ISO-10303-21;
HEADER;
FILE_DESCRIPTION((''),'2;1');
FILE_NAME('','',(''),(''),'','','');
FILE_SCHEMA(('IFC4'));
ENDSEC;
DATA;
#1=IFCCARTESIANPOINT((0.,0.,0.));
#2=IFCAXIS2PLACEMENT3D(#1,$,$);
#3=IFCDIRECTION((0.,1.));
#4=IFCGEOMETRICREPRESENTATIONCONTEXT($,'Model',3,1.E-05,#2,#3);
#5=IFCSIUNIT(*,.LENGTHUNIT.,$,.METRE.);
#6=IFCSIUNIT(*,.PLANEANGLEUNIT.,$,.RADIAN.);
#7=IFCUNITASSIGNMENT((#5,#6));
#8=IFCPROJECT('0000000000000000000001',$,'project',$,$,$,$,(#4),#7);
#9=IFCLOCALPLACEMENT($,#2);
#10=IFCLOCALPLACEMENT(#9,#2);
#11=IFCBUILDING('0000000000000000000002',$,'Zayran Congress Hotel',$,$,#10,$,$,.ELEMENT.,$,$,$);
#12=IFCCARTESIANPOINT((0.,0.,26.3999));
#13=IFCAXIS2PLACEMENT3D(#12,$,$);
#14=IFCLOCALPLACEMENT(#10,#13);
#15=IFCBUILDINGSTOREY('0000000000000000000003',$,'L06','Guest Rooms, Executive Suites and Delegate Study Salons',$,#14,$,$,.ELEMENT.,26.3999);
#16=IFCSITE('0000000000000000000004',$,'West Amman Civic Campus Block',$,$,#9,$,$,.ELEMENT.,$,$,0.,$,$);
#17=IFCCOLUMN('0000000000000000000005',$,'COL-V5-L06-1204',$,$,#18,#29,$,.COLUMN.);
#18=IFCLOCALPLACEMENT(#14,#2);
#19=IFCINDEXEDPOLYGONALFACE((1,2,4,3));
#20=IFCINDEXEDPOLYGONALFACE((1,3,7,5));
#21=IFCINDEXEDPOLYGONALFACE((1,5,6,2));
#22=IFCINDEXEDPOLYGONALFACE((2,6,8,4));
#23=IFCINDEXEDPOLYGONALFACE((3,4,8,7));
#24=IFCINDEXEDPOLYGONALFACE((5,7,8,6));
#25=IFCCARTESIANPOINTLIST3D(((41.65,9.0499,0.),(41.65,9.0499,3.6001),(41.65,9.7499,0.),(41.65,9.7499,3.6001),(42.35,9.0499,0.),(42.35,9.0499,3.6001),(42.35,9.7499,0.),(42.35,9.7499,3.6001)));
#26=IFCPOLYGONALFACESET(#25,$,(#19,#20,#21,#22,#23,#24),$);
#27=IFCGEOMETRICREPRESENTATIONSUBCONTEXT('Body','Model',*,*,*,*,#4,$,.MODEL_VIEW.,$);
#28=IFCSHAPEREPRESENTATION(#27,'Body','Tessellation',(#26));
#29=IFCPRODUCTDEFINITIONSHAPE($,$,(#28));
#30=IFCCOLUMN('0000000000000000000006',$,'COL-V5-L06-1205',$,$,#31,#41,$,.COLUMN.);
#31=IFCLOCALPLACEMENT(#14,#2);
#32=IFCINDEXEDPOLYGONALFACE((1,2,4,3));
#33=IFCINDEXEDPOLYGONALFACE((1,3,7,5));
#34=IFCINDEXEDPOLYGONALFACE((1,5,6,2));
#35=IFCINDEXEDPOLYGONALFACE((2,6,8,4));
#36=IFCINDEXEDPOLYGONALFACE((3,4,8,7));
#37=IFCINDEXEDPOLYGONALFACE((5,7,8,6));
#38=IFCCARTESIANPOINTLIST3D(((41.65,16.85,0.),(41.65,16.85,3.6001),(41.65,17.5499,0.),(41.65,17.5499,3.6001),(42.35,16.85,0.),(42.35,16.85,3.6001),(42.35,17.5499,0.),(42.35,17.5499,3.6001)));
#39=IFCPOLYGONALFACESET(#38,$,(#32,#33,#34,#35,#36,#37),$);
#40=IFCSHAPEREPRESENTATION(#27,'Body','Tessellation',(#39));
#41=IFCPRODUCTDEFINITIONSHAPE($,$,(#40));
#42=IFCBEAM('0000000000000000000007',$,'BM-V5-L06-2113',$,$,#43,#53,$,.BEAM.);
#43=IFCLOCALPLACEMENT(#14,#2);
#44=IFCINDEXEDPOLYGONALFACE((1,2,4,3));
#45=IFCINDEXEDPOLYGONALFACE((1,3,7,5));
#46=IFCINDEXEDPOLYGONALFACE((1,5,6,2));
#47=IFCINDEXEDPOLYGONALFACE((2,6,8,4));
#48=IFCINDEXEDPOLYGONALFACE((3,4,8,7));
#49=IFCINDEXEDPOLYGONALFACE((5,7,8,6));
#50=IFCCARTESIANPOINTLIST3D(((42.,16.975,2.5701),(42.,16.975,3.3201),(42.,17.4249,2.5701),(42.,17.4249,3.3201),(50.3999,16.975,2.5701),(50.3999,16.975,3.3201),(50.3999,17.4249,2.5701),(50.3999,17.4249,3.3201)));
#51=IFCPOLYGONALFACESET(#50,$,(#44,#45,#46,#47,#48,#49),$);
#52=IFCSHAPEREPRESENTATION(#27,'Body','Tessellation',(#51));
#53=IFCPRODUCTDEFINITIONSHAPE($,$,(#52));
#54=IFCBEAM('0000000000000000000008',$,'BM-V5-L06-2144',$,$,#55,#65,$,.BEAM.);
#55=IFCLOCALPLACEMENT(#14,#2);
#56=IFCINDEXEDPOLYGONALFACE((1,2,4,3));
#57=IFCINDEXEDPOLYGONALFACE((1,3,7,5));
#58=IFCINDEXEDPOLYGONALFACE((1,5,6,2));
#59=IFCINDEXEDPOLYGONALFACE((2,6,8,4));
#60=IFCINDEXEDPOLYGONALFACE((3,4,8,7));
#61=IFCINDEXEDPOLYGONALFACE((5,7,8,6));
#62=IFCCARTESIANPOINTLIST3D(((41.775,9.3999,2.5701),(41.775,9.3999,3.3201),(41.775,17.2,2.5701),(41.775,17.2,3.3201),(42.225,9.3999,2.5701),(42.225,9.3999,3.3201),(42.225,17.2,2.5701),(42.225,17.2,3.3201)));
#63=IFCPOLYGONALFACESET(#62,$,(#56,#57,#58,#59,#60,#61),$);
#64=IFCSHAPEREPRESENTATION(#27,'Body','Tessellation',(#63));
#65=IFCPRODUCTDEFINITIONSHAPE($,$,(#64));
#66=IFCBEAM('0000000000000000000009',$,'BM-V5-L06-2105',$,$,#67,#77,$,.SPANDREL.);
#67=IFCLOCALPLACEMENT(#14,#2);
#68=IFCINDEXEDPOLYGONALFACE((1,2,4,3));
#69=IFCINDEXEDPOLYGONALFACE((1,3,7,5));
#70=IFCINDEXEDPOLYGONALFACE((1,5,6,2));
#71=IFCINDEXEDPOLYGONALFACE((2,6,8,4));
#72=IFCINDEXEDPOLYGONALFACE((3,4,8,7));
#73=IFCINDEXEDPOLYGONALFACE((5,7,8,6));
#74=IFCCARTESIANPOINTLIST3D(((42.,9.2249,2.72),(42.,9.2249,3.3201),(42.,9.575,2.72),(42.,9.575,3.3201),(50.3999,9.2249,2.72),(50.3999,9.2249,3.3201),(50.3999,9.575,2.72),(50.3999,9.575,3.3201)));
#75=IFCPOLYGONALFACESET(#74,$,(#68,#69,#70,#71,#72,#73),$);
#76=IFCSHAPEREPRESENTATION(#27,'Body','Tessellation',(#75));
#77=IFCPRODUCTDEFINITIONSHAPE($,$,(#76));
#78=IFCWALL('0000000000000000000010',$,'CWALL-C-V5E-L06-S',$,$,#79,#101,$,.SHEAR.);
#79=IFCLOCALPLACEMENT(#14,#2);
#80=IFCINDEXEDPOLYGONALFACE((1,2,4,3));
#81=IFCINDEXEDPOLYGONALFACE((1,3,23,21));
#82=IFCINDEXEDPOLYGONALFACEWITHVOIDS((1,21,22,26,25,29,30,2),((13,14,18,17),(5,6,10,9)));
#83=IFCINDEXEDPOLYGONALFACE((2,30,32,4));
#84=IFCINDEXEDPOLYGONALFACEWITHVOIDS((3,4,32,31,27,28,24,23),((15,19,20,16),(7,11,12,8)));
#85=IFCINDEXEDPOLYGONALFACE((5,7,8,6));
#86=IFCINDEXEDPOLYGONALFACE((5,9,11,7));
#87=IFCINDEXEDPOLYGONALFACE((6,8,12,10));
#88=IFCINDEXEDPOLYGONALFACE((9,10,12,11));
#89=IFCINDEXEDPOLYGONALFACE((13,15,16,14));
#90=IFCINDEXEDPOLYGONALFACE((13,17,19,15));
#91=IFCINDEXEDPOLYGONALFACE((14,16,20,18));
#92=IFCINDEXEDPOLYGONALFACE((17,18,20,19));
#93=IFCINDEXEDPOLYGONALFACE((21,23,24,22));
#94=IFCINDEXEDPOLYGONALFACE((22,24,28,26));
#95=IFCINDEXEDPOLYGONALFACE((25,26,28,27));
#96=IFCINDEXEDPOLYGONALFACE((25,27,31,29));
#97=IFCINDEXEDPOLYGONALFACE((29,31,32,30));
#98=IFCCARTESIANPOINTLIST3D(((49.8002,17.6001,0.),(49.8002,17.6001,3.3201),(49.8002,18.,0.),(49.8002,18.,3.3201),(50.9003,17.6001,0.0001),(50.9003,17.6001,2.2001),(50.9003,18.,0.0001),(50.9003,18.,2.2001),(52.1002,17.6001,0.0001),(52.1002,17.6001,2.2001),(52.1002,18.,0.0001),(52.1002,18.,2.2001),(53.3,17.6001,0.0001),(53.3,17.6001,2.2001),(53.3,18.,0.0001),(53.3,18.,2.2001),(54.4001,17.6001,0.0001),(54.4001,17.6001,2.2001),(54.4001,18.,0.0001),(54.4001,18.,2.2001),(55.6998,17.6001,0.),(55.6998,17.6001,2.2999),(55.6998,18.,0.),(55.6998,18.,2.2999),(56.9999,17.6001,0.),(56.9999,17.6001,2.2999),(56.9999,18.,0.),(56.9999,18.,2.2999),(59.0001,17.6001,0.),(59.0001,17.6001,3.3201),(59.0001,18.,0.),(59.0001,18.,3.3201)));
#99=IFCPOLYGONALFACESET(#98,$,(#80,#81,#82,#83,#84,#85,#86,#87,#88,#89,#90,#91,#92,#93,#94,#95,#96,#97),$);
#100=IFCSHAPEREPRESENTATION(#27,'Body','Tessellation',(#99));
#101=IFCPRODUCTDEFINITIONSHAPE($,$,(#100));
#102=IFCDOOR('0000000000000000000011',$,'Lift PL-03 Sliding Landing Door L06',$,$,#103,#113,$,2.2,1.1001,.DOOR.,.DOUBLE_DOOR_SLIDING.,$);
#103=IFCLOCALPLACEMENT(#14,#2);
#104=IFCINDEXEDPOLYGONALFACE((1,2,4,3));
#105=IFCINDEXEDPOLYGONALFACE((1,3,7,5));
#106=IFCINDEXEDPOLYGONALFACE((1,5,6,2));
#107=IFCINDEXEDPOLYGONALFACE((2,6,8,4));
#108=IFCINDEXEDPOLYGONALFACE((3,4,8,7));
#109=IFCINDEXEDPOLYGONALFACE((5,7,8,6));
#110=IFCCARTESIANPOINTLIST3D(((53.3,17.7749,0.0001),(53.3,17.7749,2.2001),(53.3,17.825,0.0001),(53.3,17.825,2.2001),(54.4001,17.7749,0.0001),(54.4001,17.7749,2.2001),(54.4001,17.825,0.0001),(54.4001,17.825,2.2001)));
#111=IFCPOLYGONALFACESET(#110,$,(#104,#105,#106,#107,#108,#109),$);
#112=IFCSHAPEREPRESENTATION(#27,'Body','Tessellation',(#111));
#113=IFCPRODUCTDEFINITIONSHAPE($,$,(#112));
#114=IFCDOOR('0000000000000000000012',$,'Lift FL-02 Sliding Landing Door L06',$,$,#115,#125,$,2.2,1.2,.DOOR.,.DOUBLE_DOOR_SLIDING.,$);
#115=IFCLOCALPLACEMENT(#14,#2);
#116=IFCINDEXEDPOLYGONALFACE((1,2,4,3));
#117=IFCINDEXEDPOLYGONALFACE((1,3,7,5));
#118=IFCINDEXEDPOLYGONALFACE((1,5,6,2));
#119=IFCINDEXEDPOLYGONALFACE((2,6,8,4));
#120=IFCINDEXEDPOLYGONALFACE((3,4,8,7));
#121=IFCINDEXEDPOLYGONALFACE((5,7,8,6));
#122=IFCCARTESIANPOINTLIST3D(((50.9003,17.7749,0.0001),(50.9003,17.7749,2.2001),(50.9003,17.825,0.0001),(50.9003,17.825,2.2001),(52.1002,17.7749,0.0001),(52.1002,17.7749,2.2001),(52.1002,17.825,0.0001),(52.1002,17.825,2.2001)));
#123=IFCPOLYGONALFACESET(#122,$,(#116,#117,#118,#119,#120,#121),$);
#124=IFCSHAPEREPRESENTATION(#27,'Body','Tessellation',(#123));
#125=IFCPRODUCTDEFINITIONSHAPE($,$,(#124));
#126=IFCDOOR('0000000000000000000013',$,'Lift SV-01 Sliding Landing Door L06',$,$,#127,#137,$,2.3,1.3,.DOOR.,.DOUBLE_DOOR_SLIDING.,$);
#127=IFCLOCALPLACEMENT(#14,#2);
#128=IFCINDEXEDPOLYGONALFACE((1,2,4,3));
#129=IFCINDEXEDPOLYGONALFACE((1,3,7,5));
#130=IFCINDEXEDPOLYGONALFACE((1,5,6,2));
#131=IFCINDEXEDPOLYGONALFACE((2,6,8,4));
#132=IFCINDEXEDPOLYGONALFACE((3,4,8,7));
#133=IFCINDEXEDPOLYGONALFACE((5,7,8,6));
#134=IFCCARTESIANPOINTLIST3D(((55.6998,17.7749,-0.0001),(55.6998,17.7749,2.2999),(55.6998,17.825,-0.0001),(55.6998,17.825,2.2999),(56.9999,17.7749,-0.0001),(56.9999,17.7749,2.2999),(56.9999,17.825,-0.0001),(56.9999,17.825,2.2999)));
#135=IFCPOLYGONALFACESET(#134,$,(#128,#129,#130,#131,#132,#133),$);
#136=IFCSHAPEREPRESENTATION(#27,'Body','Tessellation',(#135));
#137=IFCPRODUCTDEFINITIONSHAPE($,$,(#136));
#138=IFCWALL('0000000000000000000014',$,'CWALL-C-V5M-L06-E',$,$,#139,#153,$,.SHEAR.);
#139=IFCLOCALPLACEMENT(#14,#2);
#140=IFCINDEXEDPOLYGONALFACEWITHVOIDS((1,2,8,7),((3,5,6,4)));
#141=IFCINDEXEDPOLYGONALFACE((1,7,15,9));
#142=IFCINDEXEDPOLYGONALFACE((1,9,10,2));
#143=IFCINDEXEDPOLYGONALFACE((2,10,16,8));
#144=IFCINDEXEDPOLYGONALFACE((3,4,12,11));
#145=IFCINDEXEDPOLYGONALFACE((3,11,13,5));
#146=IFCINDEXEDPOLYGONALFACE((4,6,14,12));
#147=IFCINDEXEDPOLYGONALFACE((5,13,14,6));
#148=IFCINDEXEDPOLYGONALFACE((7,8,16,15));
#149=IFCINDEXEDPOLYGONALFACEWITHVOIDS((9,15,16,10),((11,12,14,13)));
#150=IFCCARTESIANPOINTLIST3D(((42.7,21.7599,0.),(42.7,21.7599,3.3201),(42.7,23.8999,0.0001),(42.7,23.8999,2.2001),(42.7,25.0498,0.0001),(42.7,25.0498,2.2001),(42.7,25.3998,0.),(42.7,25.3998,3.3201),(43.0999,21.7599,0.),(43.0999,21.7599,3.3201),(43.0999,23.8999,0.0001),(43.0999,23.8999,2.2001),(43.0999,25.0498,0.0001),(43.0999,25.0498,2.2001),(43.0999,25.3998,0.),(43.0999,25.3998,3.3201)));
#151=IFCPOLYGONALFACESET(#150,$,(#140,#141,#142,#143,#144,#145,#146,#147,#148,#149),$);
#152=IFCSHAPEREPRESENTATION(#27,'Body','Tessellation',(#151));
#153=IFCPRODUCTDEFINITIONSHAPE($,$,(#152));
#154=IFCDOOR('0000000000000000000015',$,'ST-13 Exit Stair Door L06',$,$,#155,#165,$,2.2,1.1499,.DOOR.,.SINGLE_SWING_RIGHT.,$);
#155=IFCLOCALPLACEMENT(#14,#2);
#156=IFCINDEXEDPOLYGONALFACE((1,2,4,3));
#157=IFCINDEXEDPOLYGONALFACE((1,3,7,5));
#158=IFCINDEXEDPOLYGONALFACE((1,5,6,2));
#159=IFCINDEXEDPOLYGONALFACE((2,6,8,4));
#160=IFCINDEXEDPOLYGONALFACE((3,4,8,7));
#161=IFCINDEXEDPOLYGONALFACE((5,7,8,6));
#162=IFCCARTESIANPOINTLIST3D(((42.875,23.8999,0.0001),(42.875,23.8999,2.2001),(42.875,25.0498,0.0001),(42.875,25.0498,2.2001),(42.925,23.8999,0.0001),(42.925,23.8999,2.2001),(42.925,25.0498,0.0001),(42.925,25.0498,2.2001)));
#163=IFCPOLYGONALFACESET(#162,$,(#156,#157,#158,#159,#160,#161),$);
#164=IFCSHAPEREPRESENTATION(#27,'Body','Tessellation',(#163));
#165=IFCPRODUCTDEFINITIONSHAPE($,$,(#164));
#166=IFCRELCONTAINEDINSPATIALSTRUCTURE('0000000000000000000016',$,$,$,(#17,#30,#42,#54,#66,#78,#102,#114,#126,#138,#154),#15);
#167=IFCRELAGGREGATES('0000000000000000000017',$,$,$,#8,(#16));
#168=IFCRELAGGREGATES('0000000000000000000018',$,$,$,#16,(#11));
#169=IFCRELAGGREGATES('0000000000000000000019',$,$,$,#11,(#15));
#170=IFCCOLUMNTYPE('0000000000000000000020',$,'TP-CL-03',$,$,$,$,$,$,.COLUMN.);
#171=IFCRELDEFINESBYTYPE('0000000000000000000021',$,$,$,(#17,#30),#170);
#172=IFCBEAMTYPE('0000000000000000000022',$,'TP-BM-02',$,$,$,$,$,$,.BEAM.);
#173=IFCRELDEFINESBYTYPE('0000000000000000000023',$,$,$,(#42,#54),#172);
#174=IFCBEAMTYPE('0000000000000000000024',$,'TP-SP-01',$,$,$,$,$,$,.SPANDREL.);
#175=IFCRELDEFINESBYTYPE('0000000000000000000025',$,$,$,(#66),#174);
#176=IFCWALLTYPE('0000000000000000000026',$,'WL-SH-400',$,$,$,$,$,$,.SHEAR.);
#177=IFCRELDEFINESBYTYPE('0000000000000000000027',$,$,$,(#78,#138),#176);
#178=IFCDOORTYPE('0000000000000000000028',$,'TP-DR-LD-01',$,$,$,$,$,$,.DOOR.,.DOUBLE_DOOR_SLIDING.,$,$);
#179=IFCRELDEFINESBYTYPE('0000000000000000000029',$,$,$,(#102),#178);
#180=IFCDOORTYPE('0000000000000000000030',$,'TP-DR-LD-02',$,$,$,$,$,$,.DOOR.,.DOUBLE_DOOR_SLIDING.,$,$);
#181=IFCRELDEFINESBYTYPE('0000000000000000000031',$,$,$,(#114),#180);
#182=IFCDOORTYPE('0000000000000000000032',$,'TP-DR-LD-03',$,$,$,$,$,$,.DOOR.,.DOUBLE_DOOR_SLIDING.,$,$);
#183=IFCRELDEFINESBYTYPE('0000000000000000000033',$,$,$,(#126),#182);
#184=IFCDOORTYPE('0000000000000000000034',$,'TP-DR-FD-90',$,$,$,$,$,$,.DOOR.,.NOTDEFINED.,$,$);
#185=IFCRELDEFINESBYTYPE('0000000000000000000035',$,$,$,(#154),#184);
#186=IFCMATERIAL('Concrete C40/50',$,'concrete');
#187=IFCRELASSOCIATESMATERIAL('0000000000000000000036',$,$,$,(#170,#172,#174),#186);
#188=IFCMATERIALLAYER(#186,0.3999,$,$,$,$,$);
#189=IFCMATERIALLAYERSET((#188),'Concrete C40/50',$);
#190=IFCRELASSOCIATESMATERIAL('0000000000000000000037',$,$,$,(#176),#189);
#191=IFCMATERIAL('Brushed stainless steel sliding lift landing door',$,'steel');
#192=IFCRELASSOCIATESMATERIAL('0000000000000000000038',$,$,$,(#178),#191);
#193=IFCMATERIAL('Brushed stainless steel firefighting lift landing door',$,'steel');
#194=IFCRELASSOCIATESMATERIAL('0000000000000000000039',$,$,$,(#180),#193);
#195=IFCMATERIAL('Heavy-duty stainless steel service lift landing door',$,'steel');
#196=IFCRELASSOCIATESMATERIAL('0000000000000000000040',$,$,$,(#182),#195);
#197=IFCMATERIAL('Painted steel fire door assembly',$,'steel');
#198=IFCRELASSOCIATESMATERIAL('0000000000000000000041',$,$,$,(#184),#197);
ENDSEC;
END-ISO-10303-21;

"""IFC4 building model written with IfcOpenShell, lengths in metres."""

from ifc_helpers import new_model, si_unit, direction, frame, frame_2d, origin, origin_2d, place, context, subcontext, project, spatial, rectangle, extrude, material, layer, layer_set, material_profile, profile_set, type_object, element, fill, save


model = new_model("IFC4")

# Units and contexts
model_context = context("Model", 3, precision=1e-05, world=origin(), true_north=direction((0.0, 1.0)))
body_context = subcontext(model_context, "Body", "Model", "MODEL_VIEW")
ifc_project = project(units=[si_unit("LENGTHUNIT", "METRE"), si_unit("PLANEANGLEUNIT", "RADIAN")], contexts=[model_context])

# Site, building, storey
site_placement = place(None, origin())
site = spatial("IfcSite", under=ifc_project, at=site_placement, Name="West Amman Civic Campus Block", CompositionType="ELEMENT", RefElevation=0.0)
building_placement = place(site_placement, origin())
building = spatial("IfcBuilding", under=site, at=building_placement, Name="Zayran Congress Hotel", CompositionType="ELEMENT")
storey_placement = place(building_placement, frame((0.0, 0.0, 26.3999)))
storey = spatial("IfcBuildingStorey", under=building, at=storey_placement, Name="L06", Description="Guest Rooms, Executive Suites and Delegate Study Salons", CompositionType="ELEMENT", Elevation=26.3999)

# Columns
ifc_material_1 = material(Name="Concrete C40/50", Category="concrete")
ifc_material_profile_1 = material_profile(ifc_material_1, rectangle(XDim=0.7, YDim=0.7, at=origin_2d()), Name="RC 700x700")
ifc_profile_set_1 = profile_set([ifc_material_profile_1], Name="Concrete C40/50")
column_type = type_object("IfcColumnType", Name="TP-CL-03", PredefinedType="COLUMN", material=ifc_profile_set_1)
for number, where, z_axis, x_axis, name in (
    (1, (42.0, 9.3999, 0.0), (0.0, 0.0, 1.0), (1.0, 0.0, 0.0), "COL-V5-L06-1204"),
    (2, (42.0, 17.2, 0.0), (0.0, 0.0, 1.0), (1.0, 0.0, 0.0), "COL-V5-L06-1205"),
):
    element("IfcColumn", number, at=place(storey_placement, frame(where, z_axis=z_axis, x_axis=x_axis)), inside=storey, type_object=column_type, Name=name, PredefinedType="COLUMN", context=body_context, shape_type="SweptSolid", body=[
        extrude(rectangle(XDim=0.7, YDim=0.7, at=origin_2d()), origin(), (0.0, 0.0, 1.0), 3.6001),
    ])

# Beams
ifc_material_profile_2 = material_profile(ifc_material_1, rectangle(XDim=0.45, YDim=0.75, at=origin_2d()), Name="RC 450x750")
ifc_profile_set_2 = profile_set([ifc_material_profile_2], Name="Concrete C40/50")
beam_type_1 = type_object("IfcBeamType", Name="TP-BM-02", PredefinedType="BEAM", material=ifc_profile_set_2)
beam_1_placement = place(storey_placement, frame((42.0, 17.2, 2.9451), z_axis=(1.0, 0.0, 0.0), x_axis=(0.0, 1.0, 0.0)))
element("IfcBeam", 3, at=beam_1_placement, inside=storey, type_object=beam_type_1, Name="BM-V5-L06-2113", PredefinedType="BEAM", context=body_context, shape_type="SweptSolid", body=[
    extrude(rectangle(XDim=0.45, YDim=0.75, at=origin_2d()), origin(), (0.0, 0.0, 1.0), 8.3999),
])
beam_2_placement = place(storey_placement, frame((42.0, 9.3999, 2.9451), z_axis=(0.0, 1.0, 0.0), x_axis=(-1.0, 0.0, 0.0)))
element("IfcBeam", 4, at=beam_2_placement, inside=storey, type_object=beam_type_1, Name="BM-V5-L06-2144", PredefinedType="BEAM", context=body_context, shape_type="SweptSolid", body=[
    extrude(rectangle(XDim=0.45, YDim=0.75, at=origin_2d()), origin(), (0.0, 0.0, 1.0), 7.8),
])
ifc_material_profile_3 = material_profile(ifc_material_1, rectangle(XDim=0.3501, YDim=0.6001, at=origin_2d()), Name="RC 350x600")
ifc_profile_set_3 = profile_set([ifc_material_profile_3], Name="Concrete C40/50")
beam_type_2 = type_object("IfcBeamType", Name="TP-SP-01", PredefinedType="SPANDREL", material=ifc_profile_set_3)
beam_3_placement = place(storey_placement, frame((42.0, 9.3999, 3.02), z_axis=(1.0, 0.0, 0.0), x_axis=(0.0, 1.0, 0.0)))
element("IfcBeam", 5, at=beam_3_placement, inside=storey, type_object=beam_type_2, Name="BM-V5-L06-2105", PredefinedType="SPANDREL", context=body_context, shape_type="SweptSolid", body=[
    extrude(rectangle(XDim=0.3501, YDim=0.6001, at=origin_2d()), origin(), (0.0, 0.0, 1.0), 8.3999),
])

# Wall, openings, doors
ifc_layer_1 = layer(ifc_material_1, 0.3999)
ifc_layer_set_1 = layer_set([ifc_layer_1], Name="Concrete C40/50")
wall_type_1 = type_object("IfcWallType", Name="WL-SH-400", PredefinedType="SHEAR", material=ifc_layer_set_1)
wall_1_placement = place(storey_placement, frame((49.8, 17.8, 0.0), z_axis=(0.0, 0.0, 1.0), x_axis=(1.0, 0.0, 0.0)))
wall_1 = element("IfcWall", 6, at=wall_1_placement, inside=storey, type_object=wall_type_1, Name="CWALL-C-V5E-L06-S", PredefinedType="SHEAR", context=body_context, shape_type="SweptSolid", body=[
    extrude(rectangle(XDim=9.2, YDim=0.3999, at=frame_2d((4.6001, 0.0))), origin(), (0.0, 0.0, 1.0), 3.3201),
])
opening_1_placement = place(wall_1_placement, frame((1.1001, 0.0, 0.0)))
opening_1 = element("IfcOpeningElement", 7, at=opening_1_placement, cuts=wall_1, PredefinedType="OPENING", context=body_context, shape_type="SweptSolid", body=[
    extrude(rectangle(XDim=1.2, YDim=2.2, at=frame_2d((0.6001, 1.1001))), frame((0.0, 0.21, 0.0), z_axis=(0.0, -1.0, 0.0), x_axis=(1.0, 0.0, 0.0)), (0.0, 0.0, 1.0), 0.4199),
])
opening_2_placement = place(wall_1_placement, frame((3.5, 0.0, 0.0)))
opening_2 = element("IfcOpeningElement", 8, at=opening_2_placement, cuts=wall_1, PredefinedType="OPENING", context=body_context, shape_type="SweptSolid", body=[
    extrude(rectangle(XDim=1.1001, YDim=2.2, at=frame_2d((0.55, 1.1001))), frame((0.0, 0.21, 0.0), z_axis=(0.0, -1.0, 0.0), x_axis=(1.0, 0.0, 0.0)), (0.0, 0.0, 1.0), 0.4199),
])
opening_3_placement = place(wall_1_placement, frame((5.8999, 0.0, 0.0)))
opening_3 = element("IfcOpeningElement", 9, at=opening_3_placement, cuts=wall_1, PredefinedType="OPENING", context=body_context, shape_type="SweptSolid", body=[
    extrude(rectangle(XDim=1.3, YDim=2.3, at=frame_2d((0.6499, 1.1499))), frame((0.0, 0.21, 0.0), z_axis=(0.0, -1.0, 0.0), x_axis=(1.0, 0.0, 0.0)), (0.0, 0.0, 1.0), 0.4199),
])
ifc_material_2 = material(Name="Brushed stainless steel sliding lift landing door", Category="steel")
door_type_1 = type_object("IfcDoorType", Name="TP-DR-LD-01", OperationType="DOUBLE_DOOR_SLIDING", PredefinedType="DOOR", material=ifc_material_2)
door_1_placement = place(opening_2_placement, origin())
door_1 = element("IfcDoor", 10, at=door_1_placement, inside=storey, type_object=door_type_1, Name="Lift PL-03 Sliding Landing Door L06", OperationType="DOUBLE_DOOR_SLIDING", OverallHeight=2.2, OverallWidth=1.1001, PredefinedType="DOOR", context=body_context, shape_type="SweptSolid", body=[
    extrude(rectangle(XDim=1.1001, YDim=2.2, at=frame_2d((0.55, 1.1001))), frame((0.0, 0.0249, 0.0), z_axis=(0.0, -1.0, 0.0), x_axis=(1.0, 0.0, 0.0)), (0.0, 0.0, 1.0), 0.05),
])
fill(opening_2, door_1)
ifc_material_3 = material(Name="Brushed stainless steel firefighting lift landing door", Category="steel")
door_type_2 = type_object("IfcDoorType", Name="TP-DR-LD-02", OperationType="DOUBLE_DOOR_SLIDING", PredefinedType="DOOR", material=ifc_material_3)
door_2_placement = place(opening_1_placement, origin())
door_2 = element("IfcDoor", 11, at=door_2_placement, inside=storey, type_object=door_type_2, Name="Lift FL-02 Sliding Landing Door L06", OperationType="DOUBLE_DOOR_SLIDING", OverallHeight=2.2, OverallWidth=1.2, PredefinedType="DOOR", context=body_context, shape_type="SweptSolid", body=[
    extrude(rectangle(XDim=1.2, YDim=2.2, at=frame_2d((0.6001, 1.1001))), frame((0.0, 0.0249, 0.0), z_axis=(0.0, -1.0, 0.0), x_axis=(1.0, 0.0, 0.0)), (0.0, 0.0, 1.0), 0.05),
])
fill(opening_1, door_2)
ifc_material_4 = material(Name="Heavy-duty stainless steel service lift landing door", Category="steel")
door_type_3 = type_object("IfcDoorType", Name="TP-DR-LD-03", OperationType="DOUBLE_DOOR_SLIDING", PredefinedType="DOOR", material=ifc_material_4)
door_3_placement = place(opening_3_placement, origin())
door_3 = element("IfcDoor", 12, at=door_3_placement, inside=storey, type_object=door_type_3, Name="Lift SV-01 Sliding Landing Door L06", OperationType="DOUBLE_DOOR_SLIDING", OverallHeight=2.3, OverallWidth=1.3, PredefinedType="DOOR", context=body_context, shape_type="SweptSolid", body=[
    extrude(rectangle(XDim=1.3, YDim=2.3, at=frame_2d((0.6499, 1.1499))), frame((0.0, 0.0249, 0.0), z_axis=(0.0, -1.0, 0.0), x_axis=(1.0, 0.0, 0.0)), (0.0, 0.0, 1.0), 0.05),
])
fill(opening_3, door_3)

# Wall, opening, door
wall_2_placement = place(storey_placement, frame((42.8999, 21.76, 0.0), z_axis=(0.0, 0.0, 1.0), x_axis=(0.0, 1.0, 0.0)))
wall_2 = element("IfcWall", 13, at=wall_2_placement, inside=storey, type_object=wall_type_1, Name="CWALL-C-V5M-L06-E", PredefinedType="SHEAR", context=body_context, shape_type="SweptSolid", body=[
    extrude(rectangle(XDim=3.6399, YDim=0.3999, at=frame_2d((1.8198, 0.0))), origin(), (0.0, 0.0, 1.0), 3.3201),
])
opening_4_placement = place(wall_2_placement, frame((2.1399, 0.0, 0.0)))
opening_4 = element("IfcOpeningElement", 14, at=opening_4_placement, cuts=wall_2, PredefinedType="OPENING", context=body_context, shape_type="SweptSolid", body=[
    extrude(rectangle(XDim=1.1499, YDim=2.2, at=frame_2d((0.575, 1.1001))), frame((0.0, 0.21, 0.0), z_axis=(0.0, -1.0, 0.0), x_axis=(1.0, 0.0, 0.0)), (0.0, 0.0, 1.0), 0.4199),
])
ifc_material_5 = material(Name="Painted steel fire door assembly", Category="steel")
door_type_4 = type_object("IfcDoorType", Name="TP-DR-FD-90", OperationType="NOTDEFINED", PredefinedType="DOOR", material=ifc_material_5)
door_4_placement = place(opening_4_placement, origin())
door_4 = element("IfcDoor", 15, at=door_4_placement, inside=storey, type_object=door_type_4, Name="ST-13 Exit Stair Door L06", OperationType="SINGLE_SWING_RIGHT", OverallHeight=2.2, OverallWidth=1.1499, PredefinedType="DOOR", context=body_context, shape_type="SweptSolid", body=[
    extrude(rectangle(XDim=1.1499, YDim=2.2, at=frame_2d((0.575, 1.1001))), frame((0.0, 0.0249, 0.0), z_axis=(0.0, -1.0, 0.0), x_axis=(1.0, 0.0, 0.0)), (0.0, 0.0, 1.0), 0.05),
])
fill(opening_4, door_4)

save(model, "model.ifc")
